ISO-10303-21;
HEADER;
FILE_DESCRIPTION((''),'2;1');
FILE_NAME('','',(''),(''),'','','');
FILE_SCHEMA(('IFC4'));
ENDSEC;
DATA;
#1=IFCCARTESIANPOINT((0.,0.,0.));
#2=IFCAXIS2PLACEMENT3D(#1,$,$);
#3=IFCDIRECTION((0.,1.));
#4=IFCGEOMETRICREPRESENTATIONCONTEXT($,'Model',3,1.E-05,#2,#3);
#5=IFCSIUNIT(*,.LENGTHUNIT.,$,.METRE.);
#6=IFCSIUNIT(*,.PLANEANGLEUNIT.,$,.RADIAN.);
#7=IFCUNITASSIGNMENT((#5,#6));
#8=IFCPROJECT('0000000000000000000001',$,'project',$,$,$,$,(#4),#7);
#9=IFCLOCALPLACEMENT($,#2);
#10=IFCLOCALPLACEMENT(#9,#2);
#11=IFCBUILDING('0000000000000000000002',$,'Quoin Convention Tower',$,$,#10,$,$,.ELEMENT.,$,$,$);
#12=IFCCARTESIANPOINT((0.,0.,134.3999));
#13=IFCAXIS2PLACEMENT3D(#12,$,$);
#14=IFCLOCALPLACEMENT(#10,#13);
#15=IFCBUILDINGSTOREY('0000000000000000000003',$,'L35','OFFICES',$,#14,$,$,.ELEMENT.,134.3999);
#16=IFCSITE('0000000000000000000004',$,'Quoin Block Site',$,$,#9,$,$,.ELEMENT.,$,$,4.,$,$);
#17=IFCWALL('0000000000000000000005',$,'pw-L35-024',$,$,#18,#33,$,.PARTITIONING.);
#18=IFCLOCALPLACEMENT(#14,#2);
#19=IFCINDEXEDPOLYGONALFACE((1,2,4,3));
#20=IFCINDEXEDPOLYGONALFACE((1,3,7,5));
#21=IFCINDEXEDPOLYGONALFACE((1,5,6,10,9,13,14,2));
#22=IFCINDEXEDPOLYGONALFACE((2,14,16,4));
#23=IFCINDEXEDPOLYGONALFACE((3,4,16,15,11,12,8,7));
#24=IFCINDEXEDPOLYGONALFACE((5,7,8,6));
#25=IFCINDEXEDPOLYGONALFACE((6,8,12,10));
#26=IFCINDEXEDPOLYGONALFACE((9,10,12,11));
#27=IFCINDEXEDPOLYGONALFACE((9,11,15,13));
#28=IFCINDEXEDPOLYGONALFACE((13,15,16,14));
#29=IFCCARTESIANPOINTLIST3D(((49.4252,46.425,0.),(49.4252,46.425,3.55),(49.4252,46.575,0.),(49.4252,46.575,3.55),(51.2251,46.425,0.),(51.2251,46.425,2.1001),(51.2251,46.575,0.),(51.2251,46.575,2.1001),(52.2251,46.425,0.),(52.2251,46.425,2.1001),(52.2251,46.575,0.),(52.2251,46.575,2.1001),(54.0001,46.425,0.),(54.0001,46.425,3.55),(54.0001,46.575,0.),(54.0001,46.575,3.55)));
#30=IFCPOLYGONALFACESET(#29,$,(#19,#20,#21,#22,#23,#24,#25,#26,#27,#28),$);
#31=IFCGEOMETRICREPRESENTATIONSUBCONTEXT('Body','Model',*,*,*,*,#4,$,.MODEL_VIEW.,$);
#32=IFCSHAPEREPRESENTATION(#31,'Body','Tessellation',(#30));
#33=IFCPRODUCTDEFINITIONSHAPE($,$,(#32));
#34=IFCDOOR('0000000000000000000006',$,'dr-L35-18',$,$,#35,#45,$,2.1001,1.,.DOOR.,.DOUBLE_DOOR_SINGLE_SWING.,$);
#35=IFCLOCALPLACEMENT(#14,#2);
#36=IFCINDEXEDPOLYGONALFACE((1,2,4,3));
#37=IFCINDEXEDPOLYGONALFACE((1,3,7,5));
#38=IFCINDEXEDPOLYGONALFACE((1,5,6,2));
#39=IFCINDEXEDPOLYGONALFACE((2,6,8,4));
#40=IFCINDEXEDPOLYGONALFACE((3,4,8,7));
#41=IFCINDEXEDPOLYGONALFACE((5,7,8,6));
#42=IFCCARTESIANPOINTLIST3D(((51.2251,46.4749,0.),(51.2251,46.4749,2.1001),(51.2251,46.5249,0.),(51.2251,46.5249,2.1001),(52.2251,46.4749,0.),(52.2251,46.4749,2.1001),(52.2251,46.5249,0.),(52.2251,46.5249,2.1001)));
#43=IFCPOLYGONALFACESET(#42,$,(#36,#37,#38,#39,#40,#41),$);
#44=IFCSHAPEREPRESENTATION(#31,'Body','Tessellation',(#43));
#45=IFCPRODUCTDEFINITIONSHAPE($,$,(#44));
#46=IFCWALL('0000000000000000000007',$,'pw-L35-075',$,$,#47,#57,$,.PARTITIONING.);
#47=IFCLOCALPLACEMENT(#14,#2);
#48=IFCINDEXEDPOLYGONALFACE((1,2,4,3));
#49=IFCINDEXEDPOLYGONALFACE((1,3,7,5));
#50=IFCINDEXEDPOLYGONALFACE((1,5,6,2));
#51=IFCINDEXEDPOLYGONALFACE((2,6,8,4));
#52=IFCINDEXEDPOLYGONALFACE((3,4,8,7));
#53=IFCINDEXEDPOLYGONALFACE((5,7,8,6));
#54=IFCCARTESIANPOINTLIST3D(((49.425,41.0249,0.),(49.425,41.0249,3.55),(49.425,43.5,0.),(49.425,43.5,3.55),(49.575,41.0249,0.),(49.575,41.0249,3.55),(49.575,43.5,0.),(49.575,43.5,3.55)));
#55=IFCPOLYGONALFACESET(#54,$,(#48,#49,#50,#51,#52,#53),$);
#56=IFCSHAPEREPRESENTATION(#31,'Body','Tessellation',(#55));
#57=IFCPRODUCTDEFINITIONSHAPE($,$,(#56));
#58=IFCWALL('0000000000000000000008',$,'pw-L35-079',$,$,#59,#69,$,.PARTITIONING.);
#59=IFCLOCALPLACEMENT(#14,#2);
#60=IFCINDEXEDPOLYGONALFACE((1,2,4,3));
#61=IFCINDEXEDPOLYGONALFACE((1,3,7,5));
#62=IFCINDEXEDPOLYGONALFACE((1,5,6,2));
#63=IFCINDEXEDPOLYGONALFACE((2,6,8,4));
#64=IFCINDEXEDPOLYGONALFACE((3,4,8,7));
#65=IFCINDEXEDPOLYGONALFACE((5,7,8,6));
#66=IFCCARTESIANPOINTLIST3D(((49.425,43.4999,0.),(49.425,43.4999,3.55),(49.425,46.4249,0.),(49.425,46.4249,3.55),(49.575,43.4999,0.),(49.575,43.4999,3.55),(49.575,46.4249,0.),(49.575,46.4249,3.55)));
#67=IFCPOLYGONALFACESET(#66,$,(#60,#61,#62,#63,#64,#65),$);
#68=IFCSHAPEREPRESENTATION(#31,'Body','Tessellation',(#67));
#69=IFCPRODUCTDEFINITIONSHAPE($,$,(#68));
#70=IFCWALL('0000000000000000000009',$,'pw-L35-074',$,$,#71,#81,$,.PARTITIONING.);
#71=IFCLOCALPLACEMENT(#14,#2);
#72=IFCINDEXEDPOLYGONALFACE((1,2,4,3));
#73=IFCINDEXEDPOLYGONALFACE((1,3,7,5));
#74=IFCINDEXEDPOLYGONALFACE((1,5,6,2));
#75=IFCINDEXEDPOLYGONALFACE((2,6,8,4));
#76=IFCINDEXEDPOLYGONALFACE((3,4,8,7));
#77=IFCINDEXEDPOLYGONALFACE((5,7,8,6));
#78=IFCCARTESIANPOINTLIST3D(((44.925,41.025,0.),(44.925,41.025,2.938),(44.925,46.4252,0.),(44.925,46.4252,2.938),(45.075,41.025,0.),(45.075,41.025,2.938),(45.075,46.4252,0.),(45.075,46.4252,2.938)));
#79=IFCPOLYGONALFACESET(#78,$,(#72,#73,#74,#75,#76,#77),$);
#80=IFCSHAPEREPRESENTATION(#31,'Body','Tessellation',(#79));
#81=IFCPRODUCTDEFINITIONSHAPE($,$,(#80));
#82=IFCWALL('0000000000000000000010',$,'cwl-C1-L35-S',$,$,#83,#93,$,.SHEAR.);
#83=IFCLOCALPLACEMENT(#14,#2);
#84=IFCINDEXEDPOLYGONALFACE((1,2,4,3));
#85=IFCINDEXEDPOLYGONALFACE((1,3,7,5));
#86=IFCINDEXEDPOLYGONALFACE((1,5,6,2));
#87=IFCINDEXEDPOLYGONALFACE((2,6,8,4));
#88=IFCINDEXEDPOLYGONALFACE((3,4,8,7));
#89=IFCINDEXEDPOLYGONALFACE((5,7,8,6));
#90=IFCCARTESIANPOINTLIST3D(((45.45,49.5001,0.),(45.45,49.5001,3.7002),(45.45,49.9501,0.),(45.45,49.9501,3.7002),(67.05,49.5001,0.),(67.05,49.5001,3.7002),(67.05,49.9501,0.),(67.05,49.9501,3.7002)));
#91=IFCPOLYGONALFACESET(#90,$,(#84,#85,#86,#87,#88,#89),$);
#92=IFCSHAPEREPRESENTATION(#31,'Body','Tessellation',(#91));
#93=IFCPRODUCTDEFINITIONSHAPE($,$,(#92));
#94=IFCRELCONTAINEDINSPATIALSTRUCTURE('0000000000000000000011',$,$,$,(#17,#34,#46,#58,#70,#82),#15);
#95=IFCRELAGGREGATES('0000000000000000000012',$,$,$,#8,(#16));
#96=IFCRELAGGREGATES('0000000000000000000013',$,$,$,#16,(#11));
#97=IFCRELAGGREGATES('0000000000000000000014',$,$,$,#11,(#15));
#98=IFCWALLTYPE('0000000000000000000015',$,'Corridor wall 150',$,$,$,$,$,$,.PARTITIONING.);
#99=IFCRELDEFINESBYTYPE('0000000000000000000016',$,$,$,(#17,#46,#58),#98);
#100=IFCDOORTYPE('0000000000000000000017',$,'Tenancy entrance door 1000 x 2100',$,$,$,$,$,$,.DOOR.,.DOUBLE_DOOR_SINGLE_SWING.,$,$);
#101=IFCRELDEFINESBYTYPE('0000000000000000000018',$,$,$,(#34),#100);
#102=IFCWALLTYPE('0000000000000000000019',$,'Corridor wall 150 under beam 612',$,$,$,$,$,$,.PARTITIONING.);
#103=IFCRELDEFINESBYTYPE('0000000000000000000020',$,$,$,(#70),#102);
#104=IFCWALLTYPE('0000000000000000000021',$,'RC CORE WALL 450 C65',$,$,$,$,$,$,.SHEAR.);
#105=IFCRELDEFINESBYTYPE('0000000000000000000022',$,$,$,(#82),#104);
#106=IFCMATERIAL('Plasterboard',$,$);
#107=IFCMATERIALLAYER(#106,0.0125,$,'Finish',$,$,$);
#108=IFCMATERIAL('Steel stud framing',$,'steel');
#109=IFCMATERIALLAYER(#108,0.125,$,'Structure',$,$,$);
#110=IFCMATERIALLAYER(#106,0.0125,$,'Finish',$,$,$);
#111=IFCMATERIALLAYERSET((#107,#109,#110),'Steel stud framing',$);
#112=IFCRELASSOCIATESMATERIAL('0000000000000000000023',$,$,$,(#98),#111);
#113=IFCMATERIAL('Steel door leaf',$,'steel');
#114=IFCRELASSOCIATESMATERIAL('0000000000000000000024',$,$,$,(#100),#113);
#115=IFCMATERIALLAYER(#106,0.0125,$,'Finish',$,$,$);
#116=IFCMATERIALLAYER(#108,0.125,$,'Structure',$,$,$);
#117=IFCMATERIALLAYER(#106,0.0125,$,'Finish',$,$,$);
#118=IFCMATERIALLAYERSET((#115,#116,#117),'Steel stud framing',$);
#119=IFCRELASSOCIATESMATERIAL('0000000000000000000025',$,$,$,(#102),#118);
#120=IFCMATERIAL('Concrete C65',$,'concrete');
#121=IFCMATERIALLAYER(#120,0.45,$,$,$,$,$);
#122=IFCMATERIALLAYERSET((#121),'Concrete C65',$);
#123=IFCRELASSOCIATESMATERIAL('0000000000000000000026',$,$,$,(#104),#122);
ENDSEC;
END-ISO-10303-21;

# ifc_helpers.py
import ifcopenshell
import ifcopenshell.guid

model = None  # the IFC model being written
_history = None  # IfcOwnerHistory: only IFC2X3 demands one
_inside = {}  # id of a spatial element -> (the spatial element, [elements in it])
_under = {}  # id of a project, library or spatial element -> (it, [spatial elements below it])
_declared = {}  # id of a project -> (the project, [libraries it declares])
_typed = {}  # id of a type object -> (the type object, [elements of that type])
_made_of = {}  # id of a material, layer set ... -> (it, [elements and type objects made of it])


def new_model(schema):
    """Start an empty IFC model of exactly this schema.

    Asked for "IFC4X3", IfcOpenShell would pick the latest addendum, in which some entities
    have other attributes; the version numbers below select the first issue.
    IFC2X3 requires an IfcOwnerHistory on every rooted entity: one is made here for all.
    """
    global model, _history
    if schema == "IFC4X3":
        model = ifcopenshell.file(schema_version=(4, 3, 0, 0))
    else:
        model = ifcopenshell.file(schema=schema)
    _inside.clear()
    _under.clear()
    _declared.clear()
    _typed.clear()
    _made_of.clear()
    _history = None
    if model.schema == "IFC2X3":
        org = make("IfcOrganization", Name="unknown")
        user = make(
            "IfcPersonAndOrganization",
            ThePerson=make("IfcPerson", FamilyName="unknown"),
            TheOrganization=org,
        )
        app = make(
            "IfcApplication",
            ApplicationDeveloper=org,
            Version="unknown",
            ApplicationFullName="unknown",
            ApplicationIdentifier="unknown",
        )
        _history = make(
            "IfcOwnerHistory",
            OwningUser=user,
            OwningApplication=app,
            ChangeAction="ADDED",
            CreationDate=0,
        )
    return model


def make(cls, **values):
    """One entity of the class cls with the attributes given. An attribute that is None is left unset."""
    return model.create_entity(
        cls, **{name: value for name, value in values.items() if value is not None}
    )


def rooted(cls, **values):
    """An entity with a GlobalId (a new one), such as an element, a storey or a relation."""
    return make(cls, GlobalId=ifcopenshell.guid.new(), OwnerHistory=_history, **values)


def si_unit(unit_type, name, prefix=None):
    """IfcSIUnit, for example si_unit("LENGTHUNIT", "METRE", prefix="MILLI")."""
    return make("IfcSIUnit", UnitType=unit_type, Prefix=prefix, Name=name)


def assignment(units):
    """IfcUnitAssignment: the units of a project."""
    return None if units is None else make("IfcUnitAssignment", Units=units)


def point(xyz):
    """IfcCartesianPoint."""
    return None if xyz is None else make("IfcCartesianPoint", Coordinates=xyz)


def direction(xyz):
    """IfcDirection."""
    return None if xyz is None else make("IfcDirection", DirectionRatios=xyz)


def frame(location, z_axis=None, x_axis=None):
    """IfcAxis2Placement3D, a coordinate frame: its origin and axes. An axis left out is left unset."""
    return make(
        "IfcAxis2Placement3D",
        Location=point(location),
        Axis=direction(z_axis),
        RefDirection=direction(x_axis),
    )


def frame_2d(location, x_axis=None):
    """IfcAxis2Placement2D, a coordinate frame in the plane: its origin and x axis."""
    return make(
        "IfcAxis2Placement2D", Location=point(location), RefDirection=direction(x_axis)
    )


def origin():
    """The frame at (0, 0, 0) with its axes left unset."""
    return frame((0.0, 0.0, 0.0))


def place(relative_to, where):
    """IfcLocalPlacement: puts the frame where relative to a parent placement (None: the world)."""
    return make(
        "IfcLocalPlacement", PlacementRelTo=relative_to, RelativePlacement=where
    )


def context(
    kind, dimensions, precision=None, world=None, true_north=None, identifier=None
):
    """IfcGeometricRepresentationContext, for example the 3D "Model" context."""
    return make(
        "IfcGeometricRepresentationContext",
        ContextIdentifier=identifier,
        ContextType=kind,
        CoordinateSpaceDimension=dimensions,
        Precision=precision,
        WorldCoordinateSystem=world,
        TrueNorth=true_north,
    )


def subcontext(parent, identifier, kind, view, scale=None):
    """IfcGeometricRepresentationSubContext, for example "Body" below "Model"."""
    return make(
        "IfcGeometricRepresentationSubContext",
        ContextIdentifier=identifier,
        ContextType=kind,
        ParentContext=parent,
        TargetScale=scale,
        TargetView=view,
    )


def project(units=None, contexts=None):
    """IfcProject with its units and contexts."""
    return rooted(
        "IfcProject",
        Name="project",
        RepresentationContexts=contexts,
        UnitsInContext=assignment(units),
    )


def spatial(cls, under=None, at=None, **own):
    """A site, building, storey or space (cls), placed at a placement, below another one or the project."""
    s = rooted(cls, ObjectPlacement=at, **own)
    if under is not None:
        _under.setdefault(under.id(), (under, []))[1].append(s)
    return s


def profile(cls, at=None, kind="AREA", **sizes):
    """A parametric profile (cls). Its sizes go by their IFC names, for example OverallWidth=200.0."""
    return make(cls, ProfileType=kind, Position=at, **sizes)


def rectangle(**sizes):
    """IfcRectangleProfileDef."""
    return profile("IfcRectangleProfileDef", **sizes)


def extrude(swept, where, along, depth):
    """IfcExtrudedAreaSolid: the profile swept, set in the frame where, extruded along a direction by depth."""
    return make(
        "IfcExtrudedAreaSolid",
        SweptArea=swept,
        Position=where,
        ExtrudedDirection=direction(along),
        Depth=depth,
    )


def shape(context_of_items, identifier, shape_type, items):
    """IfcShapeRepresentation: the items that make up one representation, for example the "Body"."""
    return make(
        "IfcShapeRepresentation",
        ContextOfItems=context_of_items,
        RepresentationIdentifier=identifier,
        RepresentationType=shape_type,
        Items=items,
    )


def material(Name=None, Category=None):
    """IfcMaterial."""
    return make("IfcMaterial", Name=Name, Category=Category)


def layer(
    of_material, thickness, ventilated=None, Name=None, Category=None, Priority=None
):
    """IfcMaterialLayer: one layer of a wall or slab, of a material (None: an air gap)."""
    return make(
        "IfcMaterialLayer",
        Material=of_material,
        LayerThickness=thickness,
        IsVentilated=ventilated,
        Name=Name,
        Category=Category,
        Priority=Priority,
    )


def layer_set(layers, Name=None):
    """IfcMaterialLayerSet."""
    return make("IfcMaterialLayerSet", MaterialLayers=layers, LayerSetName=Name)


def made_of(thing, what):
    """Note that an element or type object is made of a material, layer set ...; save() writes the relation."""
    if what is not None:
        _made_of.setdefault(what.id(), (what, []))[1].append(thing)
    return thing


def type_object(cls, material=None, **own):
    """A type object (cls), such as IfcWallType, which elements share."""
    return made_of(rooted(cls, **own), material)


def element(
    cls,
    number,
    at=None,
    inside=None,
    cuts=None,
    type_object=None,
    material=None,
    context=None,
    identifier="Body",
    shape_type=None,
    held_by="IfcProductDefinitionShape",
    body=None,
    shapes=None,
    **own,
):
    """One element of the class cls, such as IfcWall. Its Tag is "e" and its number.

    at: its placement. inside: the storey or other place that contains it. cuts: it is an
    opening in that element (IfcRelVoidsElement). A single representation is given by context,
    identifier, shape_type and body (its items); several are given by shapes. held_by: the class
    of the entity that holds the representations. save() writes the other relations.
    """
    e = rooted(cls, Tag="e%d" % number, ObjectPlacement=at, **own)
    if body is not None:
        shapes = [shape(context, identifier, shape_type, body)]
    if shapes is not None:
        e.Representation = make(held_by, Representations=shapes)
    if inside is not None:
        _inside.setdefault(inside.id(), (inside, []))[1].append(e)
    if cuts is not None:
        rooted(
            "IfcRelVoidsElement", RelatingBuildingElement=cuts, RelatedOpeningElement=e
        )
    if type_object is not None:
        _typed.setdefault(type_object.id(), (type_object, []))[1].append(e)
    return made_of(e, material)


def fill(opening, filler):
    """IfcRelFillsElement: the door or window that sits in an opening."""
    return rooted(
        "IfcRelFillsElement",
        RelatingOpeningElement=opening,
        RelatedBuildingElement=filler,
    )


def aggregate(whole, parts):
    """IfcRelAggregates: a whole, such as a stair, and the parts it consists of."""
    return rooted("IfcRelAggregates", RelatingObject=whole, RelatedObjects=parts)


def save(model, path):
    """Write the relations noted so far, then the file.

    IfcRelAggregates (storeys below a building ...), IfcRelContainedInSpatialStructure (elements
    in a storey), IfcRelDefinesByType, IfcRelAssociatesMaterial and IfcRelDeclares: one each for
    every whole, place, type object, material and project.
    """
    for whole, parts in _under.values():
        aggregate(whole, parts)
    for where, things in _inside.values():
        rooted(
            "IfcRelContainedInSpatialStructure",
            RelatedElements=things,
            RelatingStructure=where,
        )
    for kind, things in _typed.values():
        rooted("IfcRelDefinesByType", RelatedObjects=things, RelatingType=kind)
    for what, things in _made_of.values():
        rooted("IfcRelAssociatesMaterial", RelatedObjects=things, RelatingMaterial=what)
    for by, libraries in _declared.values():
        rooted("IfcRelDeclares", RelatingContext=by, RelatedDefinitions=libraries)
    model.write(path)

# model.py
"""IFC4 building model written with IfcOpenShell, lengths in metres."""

from ifc_helpers import new_model, si_unit, direction, frame, frame_2d, origin, place, context, subcontext, project, spatial, rectangle, extrude, material, layer, layer_set, type_object, element, fill, save


model = new_model("IFC4")

# Units and contexts
model_context = context("Model", 3, precision=1e-05, world=origin(), true_north=direction((0.0, 1.0)))
body_context = subcontext(model_context, "Body", "Model", "MODEL_VIEW")
ifc_project = project(units=[si_unit("LENGTHUNIT", "METRE"), si_unit("PLANEANGLEUNIT", "RADIAN")], contexts=[model_context])

# Site, building, storey
site_placement = place(None, origin())
site = spatial("IfcSite", under=ifc_project, at=site_placement, Name="Quoin Block Site", CompositionType="ELEMENT", RefElevation=4.0)
building_placement = place(site_placement, origin())
building = spatial("IfcBuilding", under=site, at=building_placement, Name="Quoin Convention Tower", CompositionType="ELEMENT")
storey_placement = place(building_placement, frame((0.0, 0.0, 134.3999)))
storey = spatial("IfcBuildingStorey", under=building, at=storey_placement, Name="L35", Description="OFFICES", CompositionType="ELEMENT", Elevation=134.3999)

# Shared definitions
ifc_material_1 = material(Name="Plasterboard")
ifc_material_2 = material(Name="Steel stud framing", Category="steel")

# Wall, opening, door
ifc_layer_1 = layer(ifc_material_1, 0.0125, Name="Finish")
ifc_layer_2 = layer(ifc_material_2, 0.125, Name="Structure")
ifc_layer_3 = layer(ifc_material_1, 0.0125, Name="Finish")
ifc_layer_set_1 = layer_set([ifc_layer_1, ifc_layer_2, ifc_layer_3], Name="Steel stud framing")
wall_type_1 = type_object("IfcWallType", Name="Corridor wall 150", PredefinedType="PARTITIONING", material=ifc_layer_set_1)
wall_1_placement = place(storey_placement, frame((49.425, 46.5, 0.0), z_axis=(0.0, 0.0, 1.0), x_axis=(1.0, 0.0, 0.0)))
wall_1 = element("IfcWall", 1, at=wall_1_placement, inside=storey, type_object=wall_type_1, Name="pw-L35-024", PredefinedType="PARTITIONING", context=body_context, shape_type="SweptSolid", body=[
    extrude(rectangle(XDim=4.575, YDim=0.1499, at=frame_2d((2.2876, 0.0))), origin(), (0.0, 0.0, 1.0), 3.55),
])
opening_1_placement = place(wall_1_placement, frame((1.8, 0.0, 0.0)))
opening_1 = element("IfcOpeningElement", 2, at=opening_1_placement, cuts=wall_1, PredefinedType="OPENING", context=body_context, shape_type="SweptSolid", body=[
    extrude(rectangle(XDim=1.0, YDim=2.1001, at=frame_2d((0.5, 1.05))), frame((0.0, 0.085, 0.0), z_axis=(0.0, -1.0, 0.0), x_axis=(1.0, 0.0, 0.0)), (0.0, 0.0, 1.0), 0.1699),
])
ifc_material_3 = material(Name="Steel door leaf", Category="steel")
door_type_1 = type_object("IfcDoorType", Name="Tenancy entrance door 1000 x 2100", OperationType="DOUBLE_DOOR_SINGLE_SWING", PredefinedType="DOOR", material=ifc_material_3)
door_1_placement = place(opening_1_placement, origin())
door_1 = element("IfcDoor", 3, at=door_1_placement, inside=storey, type_object=door_type_1, Name="dr-L35-18", OperationType="DOUBLE_DOOR_SINGLE_SWING", OverallHeight=2.1001, OverallWidth=1.0, PredefinedType="DOOR", context=body_context, shape_type="SweptSolid", body=[
    extrude(rectangle(XDim=1.0, YDim=2.1001, at=frame_2d((0.5, 1.05))), frame((0.0, 0.0249, 0.0), z_axis=(0.0, -1.0, 0.0), x_axis=(1.0, 0.0, 0.0)), (0.0, 0.0, 1.0), 0.05),
])
fill(opening_1, door_1)

# Walls
wall_2_placement = place(storey_placement, frame((49.5, 41.0249, 0.0), z_axis=(0.0, 0.0, 1.0), x_axis=(0.0, 1.0, 0.0)))
element("IfcWall", 4, at=wall_2_placement, inside=storey, type_object=wall_type_1, Name="pw-L35-075", PredefinedType="PARTITIONING", context=body_context, shape_type="SweptSolid", body=[
    extrude(rectangle(XDim=2.4751, YDim=0.1499, at=frame_2d((1.2375, 0.0))), origin(), (0.0, 0.0, 1.0), 3.55),
])
wall_3_placement = place(storey_placement, frame((49.5, 43.5, 0.0), z_axis=(0.0, 0.0, 1.0), x_axis=(0.0, 1.0, 0.0)))
element("IfcWall", 5, at=wall_3_placement, inside=storey, type_object=wall_type_1, Name="pw-L35-079", PredefinedType="PARTITIONING", context=body_context, shape_type="SweptSolid", body=[
    extrude(rectangle(XDim=2.925, YDim=0.1499, at=frame_2d((1.4624, 0.0))), origin(), (0.0, 0.0, 1.0), 3.55),
])
ifc_layer_4 = layer(ifc_material_1, 0.0125, Name="Finish")
ifc_layer_5 = layer(ifc_material_2, 0.125, Name="Structure")
ifc_layer_6 = layer(ifc_material_1, 0.0125, Name="Finish")
ifc_layer_set_2 = layer_set([ifc_layer_4, ifc_layer_5, ifc_layer_6], Name="Steel stud framing")
wall_type_2 = type_object("IfcWallType", Name="Corridor wall 150 under beam 612", PredefinedType="PARTITIONING", material=ifc_layer_set_2)
wall_4_placement = place(storey_placement, frame((45.0, 41.0249, 0.0), z_axis=(0.0, 0.0, 1.0), x_axis=(0.0, 1.0, 0.0)))
element("IfcWall", 6, at=wall_4_placement, inside=storey, type_object=wall_type_2, Name="pw-L35-074", PredefinedType="PARTITIONING", context=body_context, shape_type="SweptSolid", body=[
    extrude(rectangle(XDim=5.4001, YDim=0.1499, at=frame_2d((2.7002, 0.0))), origin(), (0.0, 0.0, 1.0), 2.938),
])
ifc_material_4 = material(Name="Concrete C65", Category="concrete")
ifc_layer_7 = layer(ifc_material_4, 0.45)
ifc_layer_set_3 = layer_set([ifc_layer_7], Name="Concrete C65")
wall_type_3 = type_object("IfcWallType", Name="RC CORE WALL 450 C65", PredefinedType="SHEAR", material=ifc_layer_set_3)
wall_5_placement = place(storey_placement, frame((45.45, 49.7251, 0.0), z_axis=(0.0, 0.0, 1.0), x_axis=(1.0, 0.0, 0.0)))
element("IfcWall", 7, at=wall_5_placement, inside=storey, type_object=wall_type_3, Name="cwl-C1-L35-S", PredefinedType="SHEAR", context=body_context, shape_type="SweptSolid", body=[
    extrude(rectangle(XDim=21.6001, YDim=0.45, at=frame_2d((10.8, 0.0))), origin(), (0.0, 0.0, 1.0), 3.7002),
])

save(model, "model.ifc")
